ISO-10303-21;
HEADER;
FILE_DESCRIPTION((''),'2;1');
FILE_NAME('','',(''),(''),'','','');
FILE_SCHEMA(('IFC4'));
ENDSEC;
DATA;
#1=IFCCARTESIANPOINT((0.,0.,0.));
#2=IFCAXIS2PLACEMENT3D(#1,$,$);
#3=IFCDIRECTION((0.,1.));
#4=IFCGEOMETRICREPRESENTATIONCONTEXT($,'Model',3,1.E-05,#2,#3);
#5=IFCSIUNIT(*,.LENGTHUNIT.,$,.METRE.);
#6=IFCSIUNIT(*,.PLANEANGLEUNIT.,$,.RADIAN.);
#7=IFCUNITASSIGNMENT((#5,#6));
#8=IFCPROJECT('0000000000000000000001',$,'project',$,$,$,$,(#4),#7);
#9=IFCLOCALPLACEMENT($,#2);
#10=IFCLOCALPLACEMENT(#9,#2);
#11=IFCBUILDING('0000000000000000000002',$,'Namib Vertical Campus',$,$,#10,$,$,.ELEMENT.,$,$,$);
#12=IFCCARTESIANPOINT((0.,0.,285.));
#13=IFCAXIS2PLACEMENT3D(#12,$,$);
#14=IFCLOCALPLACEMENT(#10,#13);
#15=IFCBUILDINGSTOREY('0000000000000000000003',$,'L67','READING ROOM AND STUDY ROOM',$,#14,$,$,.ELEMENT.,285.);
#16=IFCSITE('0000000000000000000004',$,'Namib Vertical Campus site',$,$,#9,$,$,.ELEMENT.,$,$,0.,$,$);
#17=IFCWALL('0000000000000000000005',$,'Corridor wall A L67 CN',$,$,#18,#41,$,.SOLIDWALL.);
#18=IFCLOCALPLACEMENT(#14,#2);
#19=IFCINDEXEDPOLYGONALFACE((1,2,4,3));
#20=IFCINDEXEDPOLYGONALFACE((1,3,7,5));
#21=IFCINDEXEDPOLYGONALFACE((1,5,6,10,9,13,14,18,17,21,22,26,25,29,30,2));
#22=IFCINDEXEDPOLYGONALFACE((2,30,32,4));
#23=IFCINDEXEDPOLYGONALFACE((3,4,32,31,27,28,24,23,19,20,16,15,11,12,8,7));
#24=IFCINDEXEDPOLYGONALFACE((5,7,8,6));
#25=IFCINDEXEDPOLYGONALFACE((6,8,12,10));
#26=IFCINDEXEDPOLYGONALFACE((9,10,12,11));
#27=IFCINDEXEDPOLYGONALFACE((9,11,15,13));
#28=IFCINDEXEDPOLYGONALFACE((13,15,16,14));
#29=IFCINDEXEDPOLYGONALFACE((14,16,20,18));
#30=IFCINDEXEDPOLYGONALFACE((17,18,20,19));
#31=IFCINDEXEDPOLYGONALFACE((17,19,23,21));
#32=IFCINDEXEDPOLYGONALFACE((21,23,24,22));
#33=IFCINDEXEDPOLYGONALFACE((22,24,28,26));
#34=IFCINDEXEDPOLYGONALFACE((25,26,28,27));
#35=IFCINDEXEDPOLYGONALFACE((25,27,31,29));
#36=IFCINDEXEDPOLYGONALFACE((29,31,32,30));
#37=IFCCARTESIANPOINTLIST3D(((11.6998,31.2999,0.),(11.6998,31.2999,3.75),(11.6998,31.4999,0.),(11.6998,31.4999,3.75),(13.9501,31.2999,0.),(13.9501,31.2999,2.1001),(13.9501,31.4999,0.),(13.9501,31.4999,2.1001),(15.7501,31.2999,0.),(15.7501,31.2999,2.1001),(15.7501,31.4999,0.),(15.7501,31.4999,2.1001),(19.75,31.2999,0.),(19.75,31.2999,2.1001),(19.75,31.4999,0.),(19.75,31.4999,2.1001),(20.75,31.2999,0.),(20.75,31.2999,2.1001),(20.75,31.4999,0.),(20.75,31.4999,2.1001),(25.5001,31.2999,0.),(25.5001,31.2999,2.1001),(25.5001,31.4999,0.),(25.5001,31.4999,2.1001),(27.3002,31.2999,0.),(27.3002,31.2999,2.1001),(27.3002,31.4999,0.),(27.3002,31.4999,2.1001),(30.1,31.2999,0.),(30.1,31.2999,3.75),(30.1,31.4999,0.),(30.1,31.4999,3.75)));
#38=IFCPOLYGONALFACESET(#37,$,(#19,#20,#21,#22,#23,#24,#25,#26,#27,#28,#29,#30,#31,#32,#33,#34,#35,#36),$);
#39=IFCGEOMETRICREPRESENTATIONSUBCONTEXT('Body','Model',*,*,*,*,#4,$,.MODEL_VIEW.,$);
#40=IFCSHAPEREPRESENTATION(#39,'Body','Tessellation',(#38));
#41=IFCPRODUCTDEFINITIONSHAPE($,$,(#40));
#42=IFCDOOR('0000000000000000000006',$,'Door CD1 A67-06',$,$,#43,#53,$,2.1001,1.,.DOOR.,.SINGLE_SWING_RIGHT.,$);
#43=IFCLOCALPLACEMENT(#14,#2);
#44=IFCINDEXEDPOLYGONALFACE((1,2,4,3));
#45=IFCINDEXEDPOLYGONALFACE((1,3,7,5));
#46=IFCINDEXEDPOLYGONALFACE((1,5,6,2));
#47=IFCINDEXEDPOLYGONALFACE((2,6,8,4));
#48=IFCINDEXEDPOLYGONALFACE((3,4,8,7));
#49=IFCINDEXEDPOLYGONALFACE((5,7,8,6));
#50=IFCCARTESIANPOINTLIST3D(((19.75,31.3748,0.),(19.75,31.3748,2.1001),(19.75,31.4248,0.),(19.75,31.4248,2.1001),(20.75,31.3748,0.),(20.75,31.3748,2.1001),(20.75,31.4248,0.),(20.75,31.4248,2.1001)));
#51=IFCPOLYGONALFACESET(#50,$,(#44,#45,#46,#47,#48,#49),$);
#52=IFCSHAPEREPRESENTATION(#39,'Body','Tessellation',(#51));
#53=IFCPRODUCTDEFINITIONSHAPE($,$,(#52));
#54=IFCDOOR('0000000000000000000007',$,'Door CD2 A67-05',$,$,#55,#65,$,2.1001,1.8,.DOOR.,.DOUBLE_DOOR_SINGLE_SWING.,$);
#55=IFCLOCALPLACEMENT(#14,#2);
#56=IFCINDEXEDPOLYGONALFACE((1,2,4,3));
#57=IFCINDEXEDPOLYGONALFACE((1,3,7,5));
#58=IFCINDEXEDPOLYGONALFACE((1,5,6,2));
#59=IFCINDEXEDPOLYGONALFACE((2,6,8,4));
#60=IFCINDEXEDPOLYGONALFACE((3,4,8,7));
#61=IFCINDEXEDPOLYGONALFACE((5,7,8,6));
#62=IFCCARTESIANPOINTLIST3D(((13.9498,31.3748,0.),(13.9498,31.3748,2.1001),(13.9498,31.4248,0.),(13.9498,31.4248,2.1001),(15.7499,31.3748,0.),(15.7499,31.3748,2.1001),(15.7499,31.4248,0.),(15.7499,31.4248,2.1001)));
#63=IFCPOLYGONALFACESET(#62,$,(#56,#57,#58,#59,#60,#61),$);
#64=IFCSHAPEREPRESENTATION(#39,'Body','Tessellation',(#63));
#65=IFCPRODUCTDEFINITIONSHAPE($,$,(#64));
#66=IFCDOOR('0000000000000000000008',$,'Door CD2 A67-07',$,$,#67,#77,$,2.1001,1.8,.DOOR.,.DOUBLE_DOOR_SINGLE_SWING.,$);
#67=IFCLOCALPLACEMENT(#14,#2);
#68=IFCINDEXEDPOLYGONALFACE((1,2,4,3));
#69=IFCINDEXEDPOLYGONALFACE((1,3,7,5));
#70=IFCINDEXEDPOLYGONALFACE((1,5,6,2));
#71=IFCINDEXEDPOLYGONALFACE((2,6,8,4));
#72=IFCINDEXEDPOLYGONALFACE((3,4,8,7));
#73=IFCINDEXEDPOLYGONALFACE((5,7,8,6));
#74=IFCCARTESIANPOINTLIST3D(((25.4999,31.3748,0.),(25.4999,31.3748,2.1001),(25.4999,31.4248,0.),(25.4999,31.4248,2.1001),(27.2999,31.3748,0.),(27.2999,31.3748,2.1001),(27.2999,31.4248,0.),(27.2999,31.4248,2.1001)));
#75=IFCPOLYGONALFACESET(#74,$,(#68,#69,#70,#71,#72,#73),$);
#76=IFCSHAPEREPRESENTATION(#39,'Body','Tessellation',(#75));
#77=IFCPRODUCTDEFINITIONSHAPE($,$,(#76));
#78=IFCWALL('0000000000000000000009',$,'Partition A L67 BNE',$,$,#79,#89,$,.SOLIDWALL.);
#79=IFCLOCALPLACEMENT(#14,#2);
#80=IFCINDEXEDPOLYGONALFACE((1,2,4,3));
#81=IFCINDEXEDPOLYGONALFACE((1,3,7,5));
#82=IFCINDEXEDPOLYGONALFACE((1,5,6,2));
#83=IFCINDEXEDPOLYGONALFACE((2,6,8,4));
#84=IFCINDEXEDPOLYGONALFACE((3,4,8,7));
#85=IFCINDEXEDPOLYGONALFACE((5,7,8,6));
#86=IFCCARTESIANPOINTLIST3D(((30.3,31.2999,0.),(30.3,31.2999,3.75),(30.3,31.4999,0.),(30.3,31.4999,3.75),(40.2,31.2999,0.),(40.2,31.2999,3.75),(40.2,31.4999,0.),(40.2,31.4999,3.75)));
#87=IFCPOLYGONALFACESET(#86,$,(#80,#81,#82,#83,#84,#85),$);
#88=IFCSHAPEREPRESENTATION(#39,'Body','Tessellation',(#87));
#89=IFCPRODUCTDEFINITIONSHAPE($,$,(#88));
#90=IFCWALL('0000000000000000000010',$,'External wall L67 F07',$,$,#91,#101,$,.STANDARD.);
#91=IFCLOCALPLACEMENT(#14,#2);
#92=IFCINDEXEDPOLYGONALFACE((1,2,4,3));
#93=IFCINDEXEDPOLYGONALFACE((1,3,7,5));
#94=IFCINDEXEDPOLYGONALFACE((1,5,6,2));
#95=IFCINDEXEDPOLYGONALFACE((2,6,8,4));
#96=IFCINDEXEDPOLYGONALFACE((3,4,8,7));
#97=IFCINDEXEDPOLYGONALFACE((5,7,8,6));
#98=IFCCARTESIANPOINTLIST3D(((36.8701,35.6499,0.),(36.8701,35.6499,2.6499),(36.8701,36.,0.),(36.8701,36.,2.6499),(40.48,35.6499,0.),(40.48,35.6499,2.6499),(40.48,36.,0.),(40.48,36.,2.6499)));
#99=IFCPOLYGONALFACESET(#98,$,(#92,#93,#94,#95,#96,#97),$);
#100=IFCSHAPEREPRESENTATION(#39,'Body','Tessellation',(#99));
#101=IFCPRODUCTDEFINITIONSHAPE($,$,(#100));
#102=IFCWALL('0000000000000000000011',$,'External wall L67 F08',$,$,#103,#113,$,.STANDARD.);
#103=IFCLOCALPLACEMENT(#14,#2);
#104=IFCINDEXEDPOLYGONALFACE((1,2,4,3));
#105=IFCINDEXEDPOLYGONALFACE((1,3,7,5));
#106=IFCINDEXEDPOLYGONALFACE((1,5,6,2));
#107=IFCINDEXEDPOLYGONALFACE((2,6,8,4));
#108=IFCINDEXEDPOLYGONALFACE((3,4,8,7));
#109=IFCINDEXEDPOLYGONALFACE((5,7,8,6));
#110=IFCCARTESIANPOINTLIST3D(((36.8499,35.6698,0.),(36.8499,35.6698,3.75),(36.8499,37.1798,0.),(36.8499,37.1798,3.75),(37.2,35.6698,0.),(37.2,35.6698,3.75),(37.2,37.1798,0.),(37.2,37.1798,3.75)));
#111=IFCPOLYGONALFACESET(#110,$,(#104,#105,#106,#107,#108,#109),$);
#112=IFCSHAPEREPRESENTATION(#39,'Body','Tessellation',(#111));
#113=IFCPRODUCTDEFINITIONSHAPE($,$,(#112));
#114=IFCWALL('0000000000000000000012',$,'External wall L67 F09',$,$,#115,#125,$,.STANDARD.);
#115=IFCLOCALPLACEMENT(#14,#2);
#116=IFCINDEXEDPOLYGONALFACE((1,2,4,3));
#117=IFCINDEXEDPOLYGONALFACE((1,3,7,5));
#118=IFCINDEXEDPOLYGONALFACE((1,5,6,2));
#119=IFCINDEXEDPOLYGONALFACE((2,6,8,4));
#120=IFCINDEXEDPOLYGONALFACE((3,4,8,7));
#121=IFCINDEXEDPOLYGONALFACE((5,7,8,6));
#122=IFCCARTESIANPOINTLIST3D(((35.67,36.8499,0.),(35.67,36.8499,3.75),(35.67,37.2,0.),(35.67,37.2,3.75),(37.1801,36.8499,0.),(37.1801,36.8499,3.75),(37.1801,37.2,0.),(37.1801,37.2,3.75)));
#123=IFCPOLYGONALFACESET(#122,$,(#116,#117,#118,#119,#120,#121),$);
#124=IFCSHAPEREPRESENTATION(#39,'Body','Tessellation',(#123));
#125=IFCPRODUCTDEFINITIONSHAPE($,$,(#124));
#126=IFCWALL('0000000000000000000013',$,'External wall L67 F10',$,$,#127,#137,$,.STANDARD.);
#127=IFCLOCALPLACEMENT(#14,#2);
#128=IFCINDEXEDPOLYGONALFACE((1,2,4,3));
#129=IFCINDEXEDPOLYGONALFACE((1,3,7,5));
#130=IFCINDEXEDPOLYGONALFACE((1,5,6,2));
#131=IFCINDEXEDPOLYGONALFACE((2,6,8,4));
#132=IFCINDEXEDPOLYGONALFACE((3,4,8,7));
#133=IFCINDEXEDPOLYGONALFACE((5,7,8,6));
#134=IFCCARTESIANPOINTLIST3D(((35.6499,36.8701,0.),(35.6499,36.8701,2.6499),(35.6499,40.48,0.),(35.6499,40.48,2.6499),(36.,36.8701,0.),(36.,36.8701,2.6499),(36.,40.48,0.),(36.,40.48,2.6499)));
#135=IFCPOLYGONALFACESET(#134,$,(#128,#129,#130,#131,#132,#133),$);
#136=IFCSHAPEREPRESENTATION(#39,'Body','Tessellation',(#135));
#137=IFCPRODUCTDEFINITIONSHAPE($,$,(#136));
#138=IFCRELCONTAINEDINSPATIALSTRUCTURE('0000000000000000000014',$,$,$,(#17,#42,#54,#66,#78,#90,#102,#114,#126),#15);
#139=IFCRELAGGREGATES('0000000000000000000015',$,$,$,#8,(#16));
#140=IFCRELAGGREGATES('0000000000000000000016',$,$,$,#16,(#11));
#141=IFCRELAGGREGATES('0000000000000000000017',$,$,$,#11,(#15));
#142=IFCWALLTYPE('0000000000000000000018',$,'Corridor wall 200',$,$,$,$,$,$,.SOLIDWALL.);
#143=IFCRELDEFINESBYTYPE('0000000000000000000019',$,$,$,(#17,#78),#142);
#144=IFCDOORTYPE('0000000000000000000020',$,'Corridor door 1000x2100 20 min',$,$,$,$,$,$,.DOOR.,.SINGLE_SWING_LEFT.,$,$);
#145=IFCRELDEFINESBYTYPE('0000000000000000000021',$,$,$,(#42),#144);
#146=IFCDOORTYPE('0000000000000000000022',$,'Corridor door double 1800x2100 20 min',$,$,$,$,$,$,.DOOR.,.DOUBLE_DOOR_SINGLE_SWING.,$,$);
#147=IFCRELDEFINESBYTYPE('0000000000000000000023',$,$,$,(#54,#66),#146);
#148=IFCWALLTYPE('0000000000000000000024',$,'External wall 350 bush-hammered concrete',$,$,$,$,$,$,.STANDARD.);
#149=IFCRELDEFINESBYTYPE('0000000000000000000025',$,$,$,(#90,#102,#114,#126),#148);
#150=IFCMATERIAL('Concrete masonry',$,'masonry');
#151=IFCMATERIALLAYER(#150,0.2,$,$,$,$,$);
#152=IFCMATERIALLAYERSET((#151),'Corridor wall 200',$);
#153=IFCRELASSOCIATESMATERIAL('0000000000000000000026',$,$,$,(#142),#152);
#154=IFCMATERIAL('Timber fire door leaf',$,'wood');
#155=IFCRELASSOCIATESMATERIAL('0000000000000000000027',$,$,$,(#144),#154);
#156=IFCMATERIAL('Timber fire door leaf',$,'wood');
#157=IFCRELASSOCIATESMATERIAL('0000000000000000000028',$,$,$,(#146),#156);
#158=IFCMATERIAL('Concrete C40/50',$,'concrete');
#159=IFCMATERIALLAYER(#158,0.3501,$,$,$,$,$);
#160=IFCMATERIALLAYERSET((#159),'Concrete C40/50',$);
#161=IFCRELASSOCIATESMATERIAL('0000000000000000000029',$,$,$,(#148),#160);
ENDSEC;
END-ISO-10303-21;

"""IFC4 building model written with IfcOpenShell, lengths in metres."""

from ifc_helpers import new_model, si_unit, direction, frame, frame_2d, origin, place, context, subcontext, project, spatial, rectangle, extrude, material, layer, layer_set, type_object, element, fill, save


model = new_model("IFC4")

# Units and contexts
model_context = context("Model", 3, precision=1e-05, world=origin(), true_north=direction((0.0, 1.0)))
body_context = subcontext(model_context, "Body", "Model", "MODEL_VIEW")
ifc_project = project(units=[si_unit("LENGTHUNIT", "METRE"), si_unit("PLANEANGLEUNIT", "RADIAN")], contexts=[model_context])

# Site, building, storey
site_placement = place(None, origin())
site = spatial("IfcSite", under=ifc_project, at=site_placement, Name="Namib Vertical Campus site", CompositionType="ELEMENT", RefElevation=0.0)
building_placement = place(site_placement, origin())
building = spatial("IfcBuilding", under=site, at=building_placement, Name="Namib Vertical Campus", CompositionType="ELEMENT")
storey_placement = place(building_placement, frame((0.0, 0.0, 285.0)))
storey = spatial("IfcBuildingStorey", under=building, at=storey_placement, Name="L67", Description="READING ROOM AND STUDY ROOM", CompositionType="ELEMENT", Elevation=285.0)

# Wall, openings, doors
ifc_material_1 = material(Name="Concrete masonry", Category="masonry")
ifc_layer_1 = layer(ifc_material_1, 0.2)
ifc_layer_set_1 = layer_set([ifc_layer_1], Name="Corridor wall 200")
wall_type_1 = type_object("IfcWallType", Name="Corridor wall 200", PredefinedType="SOLIDWALL", material=ifc_layer_set_1)
wall_1_placement = place(storey_placement, frame((30.1001, 31.3999, 0.0), z_axis=(0.0, 0.0, 1.0), x_axis=(-1.0, 0.0, 0.0)))
wall_1 = element("IfcWall", 1, at=wall_1_placement, inside=storey, type_object=wall_type_1, Name="Corridor wall A L67 CN", PredefinedType="SOLIDWALL", context=body_context, shape_type="SweptSolid", body=[
    extrude(rectangle(XDim=18.4001, YDim=0.2, at=frame_2d((9.2002, 0.0))), origin(), (0.0, 0.0, 1.0), 3.75),
])
opening_1_placement = place(wall_1_placement, frame((14.3501, 0.0, 0.0)))
opening_1 = element("IfcOpeningElement", 2, at=opening_1_placement, cuts=wall_1, PredefinedType="OPENING", context=body_context, shape_type="SweptSolid", body=[
    extrude(rectangle(XDim=1.8, YDim=2.1001, at=frame_2d((0.8999, 1.05))), frame((0.0, 0.1099, 0.0), z_axis=(0.0, -1.0, 0.0), x_axis=(1.0, 0.0, 0.0)), (0.0, 0.0, 1.0), 0.22),
])
opening_2_placement = place(wall_1_placement, frame((9.3501, 0.0, 0.0)))
opening_2 = element("IfcOpeningElement", 3, at=opening_2_placement, cuts=wall_1, PredefinedType="OPENING", context=body_context, shape_type="SweptSolid", body=[
    extrude(rectangle(XDim=1.0, YDim=2.1001, at=frame_2d((0.5, 1.05))), frame((0.0, 0.1099, 0.0), z_axis=(0.0, -1.0, 0.0), x_axis=(1.0, 0.0, 0.0)), (0.0, 0.0, 1.0), 0.22),
])
opening_3_placement = place(wall_1_placement, frame((2.8, 0.0, 0.0)))
opening_3 = element("IfcOpeningElement", 4, at=opening_3_placement, cuts=wall_1, PredefinedType="OPENING", context=body_context, shape_type="SweptSolid", body=[
    extrude(rectangle(XDim=1.8, YDim=2.1001, at=frame_2d((0.8999, 1.05))), frame((0.0, 0.1099, 0.0), z_axis=(0.0, -1.0, 0.0), x_axis=(1.0, 0.0, 0.0)), (0.0, 0.0, 1.0), 0.22),
])
ifc_material_2 = material(Name="Timber fire door leaf", Category="wood")
door_type_1 = type_object("IfcDoorType", Name="Corridor door 1000x2100 20 min", OperationType="SINGLE_SWING_LEFT", PredefinedType="DOOR", material=ifc_material_2)
door_1_placement = place(opening_2_placement, frame((1.0, 0.0, 0.0), z_axis=(0.0, 0.0, 1.0), x_axis=(-1.0, 0.0, 0.0)))
door_1 = element("IfcDoor", 5, at=door_1_placement, inside=storey, type_object=door_type_1, Name="Door CD1 A67-06", OperationType="SINGLE_SWING_RIGHT", OverallHeight=2.1001, OverallWidth=1.0, PredefinedType="DOOR", context=body_context, shape_type="SweptSolid", body=[
    extrude(rectangle(XDim=1.0, YDim=2.1001, at=frame_2d((0.5, 1.05))), frame((0.0, 0.0249, 0.0), z_axis=(0.0, -1.0, 0.0), x_axis=(1.0, 0.0, 0.0)), (0.0, 0.0, 1.0), 0.05),
])
fill(opening_2, door_1)
ifc_material_3 = material(Name="Timber fire door leaf", Category="wood")
door_type_2 = type_object("IfcDoorType", Name="Corridor door double 1800x2100 20 min", OperationType="DOUBLE_DOOR_SINGLE_SWING", PredefinedType="DOOR", material=ifc_material_3)
door_2_placement = place(opening_1_placement, frame((1.8, 0.0, 0.0), z_axis=(0.0, 0.0, 1.0), x_axis=(-1.0, 0.0, 0.0)))
door_2 = element("IfcDoor", 6, at=door_2_placement, inside=storey, type_object=door_type_2, Name="Door CD2 A67-05", OperationType="DOUBLE_DOOR_SINGLE_SWING", OverallHeight=2.1001, OverallWidth=1.8, PredefinedType="DOOR", context=body_context, shape_type="SweptSolid", body=[
    extrude(rectangle(XDim=1.8, YDim=2.1001, at=frame_2d((0.8999, 1.05))), frame((0.0, 0.0249, 0.0), z_axis=(0.0, -1.0, 0.0), x_axis=(1.0, 0.0, 0.0)), (0.0, 0.0, 1.0), 0.05),
])
fill(opening_1, door_2)
door_3_placement = place(opening_3_placement, frame((1.8, 0.0, 0.0), z_axis=(0.0, 0.0, 1.0), x_axis=(-1.0, 0.0, 0.0)))
door_3 = element("IfcDoor", 7, at=door_3_placement, inside=storey, type_object=door_type_2, Name="Door CD2 A67-07", OperationType="DOUBLE_DOOR_SINGLE_SWING", OverallHeight=2.1001, OverallWidth=1.8, PredefinedType="DOOR", context=body_context, shape_type="SweptSolid", body=[
    extrude(rectangle(XDim=1.8, YDim=2.1001, at=frame_2d((0.8999, 1.05))), frame((0.0, 0.0249, 0.0), z_axis=(0.0, -1.0, 0.0), x_axis=(1.0, 0.0, 0.0)), (0.0, 0.0, 1.0), 0.05),
])
fill(opening_3, door_3)

# Walls
wall_2_placement = place(storey_placement, frame((30.3, 31.3999, 0.0), z_axis=(0.0, 0.0, 1.0), x_axis=(1.0, 0.0, 0.0)))
element("IfcWall", 8, at=wall_2_placement, inside=storey, type_object=wall_type_1, Name="Partition A L67 BNE", PredefinedType="SOLIDWALL", context=body_context, shape_type="SweptSolid", body=[
    extrude(rectangle(XDim=9.8999, YDim=0.2, at=frame_2d((4.95, 0.0))), origin(), (0.0, 0.0, 1.0), 3.75),
])
ifc_material_4 = material(Name="Concrete C40/50", Category="concrete")
ifc_layer_2 = layer(ifc_material_4, 0.3501)
ifc_layer_set_2 = layer_set([ifc_layer_2], Name="Concrete C40/50")
wall_type_2 = type_object("IfcWallType", Name="External wall 350 bush-hammered concrete", PredefinedType="STANDARD", material=ifc_layer_set_2)
wall_3_placement = place(storey_placement, frame((40.48, 35.825, 0.0), z_axis=(0.0, 0.0, 1.0), x_axis=(-1.0, 0.0, 0.0)))
element("IfcWall", 9, at=wall_3_placement, inside=storey, type_object=wall_type_2, Name="External wall L67 F07", PredefinedType="STANDARD", context=body_context, shape_type="SweptSolid", body=[
    extrude(rectangle(XDim=3.6099, YDim=0.3501, at=frame_2d((1.8049, 0.0))), origin(), (0.0, 0.0, 1.0), 2.6499),
])
for number, where, z_axis, x_axis, name in (
    (10, (37.0249, 35.6699, 0.0), (0.0, 0.0, 1.0), (0.0, 1.0, 0.0), "External wall L67 F08"),
    (11, (37.1799, 37.0249, 0.0), (0.0, 0.0, 1.0), (-1.0, 0.0, 0.0), "External wall L67 F09"),
):
    element("IfcWall", number, at=place(storey_placement, frame(where, z_axis=z_axis, x_axis=x_axis)), inside=storey, type_object=wall_type_2, Name=name, PredefinedType="STANDARD", context=body_context, shape_type="SweptSolid", body=[
        extrude(rectangle(XDim=1.51, YDim=0.3501, at=frame_2d((0.7549, 0.0))), origin(), (0.0, 0.0, 1.0), 3.75),
    ])
wall_4_placement = place(storey_placement, frame((35.825, 36.8701, 0.0), z_axis=(0.0, 0.0, 1.0), x_axis=(0.0, 1.0, 0.0)))
element("IfcWall", 12, at=wall_4_placement, inside=storey, type_object=wall_type_2, Name="External wall L67 F10", PredefinedType="STANDARD", context=body_context, shape_type="SweptSolid", body=[
    extrude(rectangle(XDim=3.6099, YDim=0.3501, at=frame_2d((1.8049, 0.0))), origin(), (0.0, 0.0, 1.0), 2.6499),
])

save(model, "model.ifc")
